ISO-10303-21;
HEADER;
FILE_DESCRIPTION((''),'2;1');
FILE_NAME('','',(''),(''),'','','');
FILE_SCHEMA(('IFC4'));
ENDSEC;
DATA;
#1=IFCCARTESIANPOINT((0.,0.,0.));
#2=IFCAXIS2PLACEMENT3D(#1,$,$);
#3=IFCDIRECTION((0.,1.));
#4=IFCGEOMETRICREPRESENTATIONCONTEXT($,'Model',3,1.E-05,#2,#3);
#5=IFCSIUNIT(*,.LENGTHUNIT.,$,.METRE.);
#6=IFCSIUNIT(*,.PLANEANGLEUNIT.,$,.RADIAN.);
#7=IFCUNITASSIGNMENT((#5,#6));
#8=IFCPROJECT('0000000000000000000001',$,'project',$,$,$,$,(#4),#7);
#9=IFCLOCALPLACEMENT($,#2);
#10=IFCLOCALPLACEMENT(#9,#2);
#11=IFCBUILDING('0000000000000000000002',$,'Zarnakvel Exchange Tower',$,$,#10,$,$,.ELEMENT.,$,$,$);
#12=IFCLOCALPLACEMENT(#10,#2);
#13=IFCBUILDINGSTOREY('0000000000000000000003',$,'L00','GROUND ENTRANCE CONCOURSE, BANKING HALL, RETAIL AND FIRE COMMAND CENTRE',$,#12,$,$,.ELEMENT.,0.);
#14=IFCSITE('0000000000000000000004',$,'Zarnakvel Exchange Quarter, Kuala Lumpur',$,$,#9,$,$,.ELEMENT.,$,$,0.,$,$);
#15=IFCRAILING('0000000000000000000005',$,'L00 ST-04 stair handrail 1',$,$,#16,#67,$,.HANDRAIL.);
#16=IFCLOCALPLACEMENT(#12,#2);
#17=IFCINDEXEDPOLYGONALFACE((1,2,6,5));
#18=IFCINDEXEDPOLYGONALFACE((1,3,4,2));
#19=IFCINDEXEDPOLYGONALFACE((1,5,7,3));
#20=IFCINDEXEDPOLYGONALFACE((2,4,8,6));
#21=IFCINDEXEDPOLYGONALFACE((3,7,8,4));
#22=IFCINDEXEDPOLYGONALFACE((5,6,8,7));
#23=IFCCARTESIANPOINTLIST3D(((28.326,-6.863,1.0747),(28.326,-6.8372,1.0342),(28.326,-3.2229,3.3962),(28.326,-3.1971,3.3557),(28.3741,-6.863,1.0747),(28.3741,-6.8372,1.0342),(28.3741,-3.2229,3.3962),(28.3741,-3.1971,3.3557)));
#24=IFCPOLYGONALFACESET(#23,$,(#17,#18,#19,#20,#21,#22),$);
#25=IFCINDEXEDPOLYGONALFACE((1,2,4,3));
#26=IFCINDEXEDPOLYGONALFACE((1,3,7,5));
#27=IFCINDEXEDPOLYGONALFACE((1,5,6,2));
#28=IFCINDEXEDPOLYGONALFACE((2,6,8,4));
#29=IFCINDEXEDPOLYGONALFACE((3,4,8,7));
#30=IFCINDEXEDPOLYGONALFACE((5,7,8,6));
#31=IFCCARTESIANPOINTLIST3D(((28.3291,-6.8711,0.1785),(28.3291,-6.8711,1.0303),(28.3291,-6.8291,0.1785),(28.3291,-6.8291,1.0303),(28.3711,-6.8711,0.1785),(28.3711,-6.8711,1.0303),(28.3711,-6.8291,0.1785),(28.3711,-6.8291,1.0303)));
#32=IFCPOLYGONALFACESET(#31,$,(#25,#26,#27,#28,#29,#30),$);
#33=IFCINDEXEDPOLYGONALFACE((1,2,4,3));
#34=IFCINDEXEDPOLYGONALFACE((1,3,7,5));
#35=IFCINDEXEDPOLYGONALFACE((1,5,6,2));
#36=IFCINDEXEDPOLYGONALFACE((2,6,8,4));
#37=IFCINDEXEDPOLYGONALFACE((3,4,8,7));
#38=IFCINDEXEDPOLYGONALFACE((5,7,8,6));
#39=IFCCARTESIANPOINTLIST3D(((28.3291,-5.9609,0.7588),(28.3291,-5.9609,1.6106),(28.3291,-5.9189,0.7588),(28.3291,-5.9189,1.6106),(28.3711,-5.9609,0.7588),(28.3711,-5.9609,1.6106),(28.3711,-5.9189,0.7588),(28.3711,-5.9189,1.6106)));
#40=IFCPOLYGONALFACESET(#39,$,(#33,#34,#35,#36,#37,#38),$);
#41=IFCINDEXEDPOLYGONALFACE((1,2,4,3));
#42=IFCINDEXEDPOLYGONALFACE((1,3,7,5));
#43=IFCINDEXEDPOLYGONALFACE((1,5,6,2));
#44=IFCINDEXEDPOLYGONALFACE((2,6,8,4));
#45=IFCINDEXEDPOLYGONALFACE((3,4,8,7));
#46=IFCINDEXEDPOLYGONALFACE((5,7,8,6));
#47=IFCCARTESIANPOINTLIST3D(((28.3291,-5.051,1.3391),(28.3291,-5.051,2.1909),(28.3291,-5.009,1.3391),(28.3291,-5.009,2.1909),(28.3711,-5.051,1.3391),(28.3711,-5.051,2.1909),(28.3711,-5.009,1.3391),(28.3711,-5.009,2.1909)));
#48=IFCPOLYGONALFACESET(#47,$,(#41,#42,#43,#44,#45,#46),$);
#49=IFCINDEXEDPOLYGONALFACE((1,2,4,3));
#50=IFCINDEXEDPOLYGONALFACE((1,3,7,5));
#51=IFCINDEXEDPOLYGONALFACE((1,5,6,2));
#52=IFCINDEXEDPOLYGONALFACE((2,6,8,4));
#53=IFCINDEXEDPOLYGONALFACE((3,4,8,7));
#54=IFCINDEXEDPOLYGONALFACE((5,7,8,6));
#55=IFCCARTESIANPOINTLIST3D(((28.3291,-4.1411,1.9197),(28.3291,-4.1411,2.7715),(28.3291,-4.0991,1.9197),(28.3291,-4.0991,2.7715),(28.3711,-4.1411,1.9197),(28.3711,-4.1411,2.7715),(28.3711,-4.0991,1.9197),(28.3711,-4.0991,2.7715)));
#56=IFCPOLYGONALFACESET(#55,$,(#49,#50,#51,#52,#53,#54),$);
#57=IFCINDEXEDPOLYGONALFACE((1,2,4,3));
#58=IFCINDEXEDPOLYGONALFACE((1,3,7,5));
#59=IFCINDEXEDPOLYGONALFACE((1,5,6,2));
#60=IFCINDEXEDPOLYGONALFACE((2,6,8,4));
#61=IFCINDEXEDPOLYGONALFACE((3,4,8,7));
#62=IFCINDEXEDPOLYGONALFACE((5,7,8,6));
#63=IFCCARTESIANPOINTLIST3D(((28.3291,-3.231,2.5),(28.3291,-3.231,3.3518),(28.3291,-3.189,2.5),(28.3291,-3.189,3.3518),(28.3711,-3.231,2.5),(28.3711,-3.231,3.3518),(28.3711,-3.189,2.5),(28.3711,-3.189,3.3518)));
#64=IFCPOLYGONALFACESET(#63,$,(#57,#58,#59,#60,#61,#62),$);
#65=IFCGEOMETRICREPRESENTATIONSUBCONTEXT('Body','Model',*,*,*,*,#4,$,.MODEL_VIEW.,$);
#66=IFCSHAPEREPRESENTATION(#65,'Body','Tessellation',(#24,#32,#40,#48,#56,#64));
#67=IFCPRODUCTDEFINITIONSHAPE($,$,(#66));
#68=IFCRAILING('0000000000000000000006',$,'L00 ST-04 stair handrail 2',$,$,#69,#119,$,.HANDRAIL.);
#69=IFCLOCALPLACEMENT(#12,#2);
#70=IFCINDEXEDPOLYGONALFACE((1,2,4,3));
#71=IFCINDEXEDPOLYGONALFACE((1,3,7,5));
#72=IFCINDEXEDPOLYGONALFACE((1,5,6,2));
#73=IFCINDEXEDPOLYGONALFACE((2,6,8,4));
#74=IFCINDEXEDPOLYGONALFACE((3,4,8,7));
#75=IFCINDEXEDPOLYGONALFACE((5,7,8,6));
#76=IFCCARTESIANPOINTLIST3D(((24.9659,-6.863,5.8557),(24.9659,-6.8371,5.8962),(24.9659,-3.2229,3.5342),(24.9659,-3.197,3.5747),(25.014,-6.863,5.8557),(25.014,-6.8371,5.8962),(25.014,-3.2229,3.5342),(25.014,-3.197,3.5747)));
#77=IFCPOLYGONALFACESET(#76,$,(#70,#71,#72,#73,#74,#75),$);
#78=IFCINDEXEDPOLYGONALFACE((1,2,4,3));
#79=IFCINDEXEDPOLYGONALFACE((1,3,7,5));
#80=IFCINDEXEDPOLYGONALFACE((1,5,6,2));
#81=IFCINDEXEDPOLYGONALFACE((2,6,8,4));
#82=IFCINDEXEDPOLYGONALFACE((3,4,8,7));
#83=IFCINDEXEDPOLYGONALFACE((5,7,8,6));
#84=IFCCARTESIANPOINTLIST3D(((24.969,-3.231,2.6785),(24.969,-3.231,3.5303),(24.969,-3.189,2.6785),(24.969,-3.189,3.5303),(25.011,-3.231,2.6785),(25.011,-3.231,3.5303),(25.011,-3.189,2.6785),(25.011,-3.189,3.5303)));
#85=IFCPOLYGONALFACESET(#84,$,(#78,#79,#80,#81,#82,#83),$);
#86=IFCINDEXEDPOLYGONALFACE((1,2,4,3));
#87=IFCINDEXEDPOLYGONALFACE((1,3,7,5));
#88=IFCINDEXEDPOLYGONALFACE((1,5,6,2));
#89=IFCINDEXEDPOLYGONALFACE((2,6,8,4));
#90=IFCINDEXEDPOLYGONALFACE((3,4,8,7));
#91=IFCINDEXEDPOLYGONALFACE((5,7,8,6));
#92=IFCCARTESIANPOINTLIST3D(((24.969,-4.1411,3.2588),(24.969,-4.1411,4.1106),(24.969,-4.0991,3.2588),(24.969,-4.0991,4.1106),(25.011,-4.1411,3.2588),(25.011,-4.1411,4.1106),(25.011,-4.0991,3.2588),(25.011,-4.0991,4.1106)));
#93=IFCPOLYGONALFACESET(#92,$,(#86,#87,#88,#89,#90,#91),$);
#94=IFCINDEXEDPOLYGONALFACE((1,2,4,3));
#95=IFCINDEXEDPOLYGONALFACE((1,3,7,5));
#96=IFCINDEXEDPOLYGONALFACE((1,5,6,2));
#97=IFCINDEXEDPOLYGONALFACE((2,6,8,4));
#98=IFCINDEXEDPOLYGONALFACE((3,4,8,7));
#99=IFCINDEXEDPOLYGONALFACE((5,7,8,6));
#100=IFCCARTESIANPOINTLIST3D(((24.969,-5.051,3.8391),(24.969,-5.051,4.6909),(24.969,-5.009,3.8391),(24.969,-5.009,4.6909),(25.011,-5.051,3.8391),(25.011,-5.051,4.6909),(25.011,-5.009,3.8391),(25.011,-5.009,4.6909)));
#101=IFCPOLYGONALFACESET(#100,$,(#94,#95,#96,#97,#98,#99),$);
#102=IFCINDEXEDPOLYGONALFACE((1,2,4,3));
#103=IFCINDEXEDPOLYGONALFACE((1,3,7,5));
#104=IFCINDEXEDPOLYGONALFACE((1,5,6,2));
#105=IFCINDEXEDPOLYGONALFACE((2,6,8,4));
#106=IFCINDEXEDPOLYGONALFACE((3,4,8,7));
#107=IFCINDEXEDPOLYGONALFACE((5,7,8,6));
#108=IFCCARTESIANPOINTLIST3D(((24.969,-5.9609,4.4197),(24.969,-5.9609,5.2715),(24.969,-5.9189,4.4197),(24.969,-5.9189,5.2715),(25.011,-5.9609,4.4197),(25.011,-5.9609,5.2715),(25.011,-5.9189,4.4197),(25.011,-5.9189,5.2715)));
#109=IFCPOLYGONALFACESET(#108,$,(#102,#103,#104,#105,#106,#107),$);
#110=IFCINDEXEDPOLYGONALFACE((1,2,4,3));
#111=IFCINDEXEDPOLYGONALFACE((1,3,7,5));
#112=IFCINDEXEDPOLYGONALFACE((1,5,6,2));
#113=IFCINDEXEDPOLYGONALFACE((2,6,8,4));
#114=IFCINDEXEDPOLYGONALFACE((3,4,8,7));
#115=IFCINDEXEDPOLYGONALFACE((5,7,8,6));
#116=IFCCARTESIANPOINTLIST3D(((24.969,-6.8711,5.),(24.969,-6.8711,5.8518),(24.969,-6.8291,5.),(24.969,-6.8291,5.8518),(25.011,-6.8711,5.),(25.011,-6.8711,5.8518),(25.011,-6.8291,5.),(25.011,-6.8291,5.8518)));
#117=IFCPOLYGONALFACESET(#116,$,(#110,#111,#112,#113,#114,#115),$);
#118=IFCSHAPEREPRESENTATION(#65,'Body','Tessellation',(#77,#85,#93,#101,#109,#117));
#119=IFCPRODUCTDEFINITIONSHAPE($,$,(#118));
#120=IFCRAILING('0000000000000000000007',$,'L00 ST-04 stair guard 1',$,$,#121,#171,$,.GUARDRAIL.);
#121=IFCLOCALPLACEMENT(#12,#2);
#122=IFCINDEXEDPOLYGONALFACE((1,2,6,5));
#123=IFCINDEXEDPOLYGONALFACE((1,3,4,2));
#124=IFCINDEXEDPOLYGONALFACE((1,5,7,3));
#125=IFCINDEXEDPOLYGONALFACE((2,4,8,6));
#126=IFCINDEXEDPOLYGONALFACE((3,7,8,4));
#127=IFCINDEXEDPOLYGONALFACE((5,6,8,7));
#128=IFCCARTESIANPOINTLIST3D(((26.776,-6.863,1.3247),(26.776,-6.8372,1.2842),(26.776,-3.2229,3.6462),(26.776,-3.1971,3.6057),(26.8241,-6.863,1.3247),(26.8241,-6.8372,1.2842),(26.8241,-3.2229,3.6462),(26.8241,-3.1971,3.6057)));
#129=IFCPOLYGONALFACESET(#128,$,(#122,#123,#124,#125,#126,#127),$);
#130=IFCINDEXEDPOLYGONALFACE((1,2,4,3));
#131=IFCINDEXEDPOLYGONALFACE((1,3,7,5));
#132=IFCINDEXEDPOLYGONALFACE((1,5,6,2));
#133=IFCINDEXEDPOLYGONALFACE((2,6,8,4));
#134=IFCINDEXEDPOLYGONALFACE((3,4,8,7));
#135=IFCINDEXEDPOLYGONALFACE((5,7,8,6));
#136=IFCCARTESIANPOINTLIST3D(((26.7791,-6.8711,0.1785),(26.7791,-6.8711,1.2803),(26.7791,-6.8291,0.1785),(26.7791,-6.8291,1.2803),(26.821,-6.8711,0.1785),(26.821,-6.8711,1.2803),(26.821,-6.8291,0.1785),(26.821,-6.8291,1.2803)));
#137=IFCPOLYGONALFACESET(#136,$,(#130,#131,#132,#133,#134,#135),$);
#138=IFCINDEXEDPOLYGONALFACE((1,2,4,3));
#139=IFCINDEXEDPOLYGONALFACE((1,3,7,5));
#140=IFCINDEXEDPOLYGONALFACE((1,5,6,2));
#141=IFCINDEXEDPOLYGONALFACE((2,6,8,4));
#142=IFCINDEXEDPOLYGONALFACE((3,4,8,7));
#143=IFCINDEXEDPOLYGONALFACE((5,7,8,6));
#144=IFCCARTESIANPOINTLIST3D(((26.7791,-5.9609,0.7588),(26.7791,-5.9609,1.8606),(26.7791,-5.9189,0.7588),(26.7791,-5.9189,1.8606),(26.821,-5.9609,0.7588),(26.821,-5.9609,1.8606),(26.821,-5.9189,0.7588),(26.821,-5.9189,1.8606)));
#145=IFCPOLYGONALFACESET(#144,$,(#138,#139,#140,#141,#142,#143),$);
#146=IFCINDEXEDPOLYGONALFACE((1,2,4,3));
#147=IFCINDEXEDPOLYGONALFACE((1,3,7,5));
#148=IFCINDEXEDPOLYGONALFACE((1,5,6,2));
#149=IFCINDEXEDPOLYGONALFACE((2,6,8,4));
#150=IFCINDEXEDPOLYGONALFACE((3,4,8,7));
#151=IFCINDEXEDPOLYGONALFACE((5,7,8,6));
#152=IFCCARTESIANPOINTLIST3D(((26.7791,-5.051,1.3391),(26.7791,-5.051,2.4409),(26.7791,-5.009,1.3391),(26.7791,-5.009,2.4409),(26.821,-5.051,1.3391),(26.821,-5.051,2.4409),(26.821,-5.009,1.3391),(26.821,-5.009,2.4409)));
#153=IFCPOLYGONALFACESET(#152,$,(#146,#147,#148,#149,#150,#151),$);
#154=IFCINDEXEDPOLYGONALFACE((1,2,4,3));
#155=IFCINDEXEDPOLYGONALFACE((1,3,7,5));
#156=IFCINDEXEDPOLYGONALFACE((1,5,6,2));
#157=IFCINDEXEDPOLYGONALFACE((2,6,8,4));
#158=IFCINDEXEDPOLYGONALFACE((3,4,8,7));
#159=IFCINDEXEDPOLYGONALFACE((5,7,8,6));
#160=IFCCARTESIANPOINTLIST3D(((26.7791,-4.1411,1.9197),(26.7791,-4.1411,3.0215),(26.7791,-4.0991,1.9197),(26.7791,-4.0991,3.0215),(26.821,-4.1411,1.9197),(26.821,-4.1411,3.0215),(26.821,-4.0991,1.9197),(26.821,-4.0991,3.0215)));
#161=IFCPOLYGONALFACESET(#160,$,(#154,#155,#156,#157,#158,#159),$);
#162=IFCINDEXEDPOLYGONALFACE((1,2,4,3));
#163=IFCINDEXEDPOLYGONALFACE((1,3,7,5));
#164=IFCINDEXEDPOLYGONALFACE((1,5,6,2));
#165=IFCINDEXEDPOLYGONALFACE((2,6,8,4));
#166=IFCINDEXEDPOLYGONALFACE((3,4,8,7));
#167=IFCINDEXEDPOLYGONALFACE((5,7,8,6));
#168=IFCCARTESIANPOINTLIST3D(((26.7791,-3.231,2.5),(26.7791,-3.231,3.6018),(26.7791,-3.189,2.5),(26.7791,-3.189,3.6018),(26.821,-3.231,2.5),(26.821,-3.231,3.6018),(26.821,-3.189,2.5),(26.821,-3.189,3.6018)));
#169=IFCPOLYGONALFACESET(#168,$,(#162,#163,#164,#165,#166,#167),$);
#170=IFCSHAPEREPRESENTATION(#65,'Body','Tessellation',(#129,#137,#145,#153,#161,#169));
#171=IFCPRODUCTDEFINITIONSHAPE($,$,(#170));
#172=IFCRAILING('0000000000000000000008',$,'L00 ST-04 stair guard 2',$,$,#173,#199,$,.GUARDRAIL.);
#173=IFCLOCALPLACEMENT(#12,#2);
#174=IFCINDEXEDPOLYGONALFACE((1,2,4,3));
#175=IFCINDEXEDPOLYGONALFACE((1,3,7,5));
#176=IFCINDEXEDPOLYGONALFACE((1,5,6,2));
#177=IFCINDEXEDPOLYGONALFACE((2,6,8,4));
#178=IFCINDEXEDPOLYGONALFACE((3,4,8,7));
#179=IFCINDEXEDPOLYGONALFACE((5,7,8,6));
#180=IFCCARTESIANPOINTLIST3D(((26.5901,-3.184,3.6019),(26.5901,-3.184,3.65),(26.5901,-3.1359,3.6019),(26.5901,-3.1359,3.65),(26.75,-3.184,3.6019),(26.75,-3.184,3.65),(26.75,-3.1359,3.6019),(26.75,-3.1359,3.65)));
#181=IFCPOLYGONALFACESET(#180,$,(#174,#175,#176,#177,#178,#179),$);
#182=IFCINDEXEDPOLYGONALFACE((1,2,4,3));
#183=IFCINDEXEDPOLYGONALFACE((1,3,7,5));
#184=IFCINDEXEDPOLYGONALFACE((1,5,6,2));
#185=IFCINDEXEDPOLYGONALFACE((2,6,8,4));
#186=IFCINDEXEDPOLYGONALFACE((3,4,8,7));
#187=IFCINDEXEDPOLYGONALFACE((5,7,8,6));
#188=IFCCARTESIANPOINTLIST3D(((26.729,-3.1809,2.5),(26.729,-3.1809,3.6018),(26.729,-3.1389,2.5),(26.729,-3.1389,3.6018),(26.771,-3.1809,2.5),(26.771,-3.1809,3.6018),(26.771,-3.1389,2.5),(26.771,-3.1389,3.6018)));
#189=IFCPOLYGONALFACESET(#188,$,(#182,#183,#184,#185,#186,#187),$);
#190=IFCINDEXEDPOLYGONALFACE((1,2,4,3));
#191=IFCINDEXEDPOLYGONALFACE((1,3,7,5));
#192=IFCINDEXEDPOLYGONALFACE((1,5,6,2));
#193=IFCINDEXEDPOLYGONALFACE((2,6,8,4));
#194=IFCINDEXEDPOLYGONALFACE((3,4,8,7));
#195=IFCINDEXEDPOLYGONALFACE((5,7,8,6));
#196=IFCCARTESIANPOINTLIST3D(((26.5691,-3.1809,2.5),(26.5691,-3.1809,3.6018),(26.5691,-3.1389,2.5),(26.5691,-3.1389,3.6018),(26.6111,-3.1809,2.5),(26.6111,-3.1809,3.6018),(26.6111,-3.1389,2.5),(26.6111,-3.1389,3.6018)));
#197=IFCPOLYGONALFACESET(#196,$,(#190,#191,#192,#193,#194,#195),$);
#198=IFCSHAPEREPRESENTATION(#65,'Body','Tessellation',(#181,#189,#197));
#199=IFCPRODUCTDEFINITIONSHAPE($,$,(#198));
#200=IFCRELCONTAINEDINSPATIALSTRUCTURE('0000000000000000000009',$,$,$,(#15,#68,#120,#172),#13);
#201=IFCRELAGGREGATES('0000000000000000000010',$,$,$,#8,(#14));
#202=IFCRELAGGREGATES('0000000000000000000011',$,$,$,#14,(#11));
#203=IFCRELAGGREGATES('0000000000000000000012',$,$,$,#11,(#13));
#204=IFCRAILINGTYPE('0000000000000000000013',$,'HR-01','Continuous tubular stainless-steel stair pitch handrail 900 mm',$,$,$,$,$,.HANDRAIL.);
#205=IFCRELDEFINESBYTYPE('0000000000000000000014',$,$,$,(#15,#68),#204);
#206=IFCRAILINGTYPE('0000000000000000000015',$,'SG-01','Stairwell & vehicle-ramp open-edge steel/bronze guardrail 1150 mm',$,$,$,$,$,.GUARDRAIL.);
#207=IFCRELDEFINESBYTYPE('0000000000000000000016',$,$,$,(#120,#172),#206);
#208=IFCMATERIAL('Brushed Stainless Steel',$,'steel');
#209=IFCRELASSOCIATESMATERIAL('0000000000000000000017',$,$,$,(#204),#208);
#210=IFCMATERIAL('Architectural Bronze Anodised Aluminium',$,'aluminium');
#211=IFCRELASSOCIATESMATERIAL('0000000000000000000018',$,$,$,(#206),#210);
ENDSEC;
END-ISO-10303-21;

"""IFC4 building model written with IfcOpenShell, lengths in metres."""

from ifc_helpers import new_model, si_unit, direction, frame, origin, origin_2d, place, context, subcontext, project, spatial, rectangle, extrude, material, type_object, element, save


model = new_model("IFC4")

# Units and contexts
model_context = context("Model", 3, precision=1e-05, world=origin(), true_north=direction((0.0, 1.0)))
body_context = subcontext(model_context, "Body", "Model", "MODEL_VIEW")
ifc_project = project(units=[si_unit("LENGTHUNIT", "METRE"), si_unit("PLANEANGLEUNIT", "RADIAN")], contexts=[model_context])

# Site, building, storey
site_placement = place(None, origin())
site = spatial("IfcSite", under=ifc_project, at=site_placement, Name="Zarnakvel Exchange Quarter, Kuala Lumpur", CompositionType="ELEMENT", RefElevation=0.0)
building_placement = place(site_placement, origin())
building = spatial("IfcBuilding", under=site, at=building_placement, Name="Zarnakvel Exchange Tower", CompositionType="ELEMENT")
storey_placement = place(building_placement, origin())
storey = spatial("IfcBuildingStorey", under=building, at=storey_placement, Name="L00", Description="GROUND ENTRANCE CONCOURSE, BANKING HALL, RETAIL AND FIRE COMMAND CENTRE", CompositionType="ELEMENT", Elevation=0.0)

# Shared definitions
ifc_material_1 = material(Name="Architectural Bronze Anodised Aluminium", Category="aluminium")

# Railings
ifc_material_2 = material(Name="Brushed Stainless Steel", Category="steel")
railing_type_1 = type_object("IfcRailingType", Name="HR-01", Description="Continuous tubular stainless-steel stair pitch handrail 900 mm", PredefinedType="HANDRAIL", material=ifc_material_2)
railing_1_placement = place(storey_placement, frame((28.3501, -6.8501, 0.1785)))
element("IfcRailing", 1, at=railing_1_placement, inside=storey, type_object=railing_type_1, Name="L00 ST-04 stair handrail 1", PredefinedType="HANDRAIL", context=body_context, shape_type="SweptSolid", body=[
    extrude(rectangle(XDim=0.0481, YDim=0.0481, at=origin_2d()), frame((0.0, 0.0, 0.876), z_axis=(0.0, 0.843128, 0.537713), x_axis=(-1.0, 0.0, 0.0)), (0.0, 0.0, 1.0), 4.3174),
    extrude(rectangle(XDim=0.042, YDim=0.042, at=origin_2d()), origin(), (0.0, 0.0, 1.0), 0.8518),
    extrude(rectangle(XDim=0.042, YDim=0.042, at=origin_2d()), frame((0.0, 0.9102, 0.5803)), (0.0, 0.0, 1.0), 0.8518),
    extrude(rectangle(XDim=0.042, YDim=0.042, at=origin_2d()), frame((0.0, 1.8201, 1.1606)), (0.0, 0.0, 1.0), 0.8518),
    extrude(rectangle(XDim=0.042, YDim=0.042, at=origin_2d()), frame((0.0, 2.73, 1.7412)), (0.0, 0.0, 1.0), 0.8518),
    extrude(rectangle(XDim=0.042, YDim=0.042, at=origin_2d()), frame((0.0, 3.6401, 2.3215)), (0.0, 0.0, 1.0), 0.8518),
])
railing_2_placement = place(storey_placement, frame((24.99, -3.21, 2.6785)))
element("IfcRailing", 2, at=railing_2_placement, inside=storey, type_object=railing_type_1, Name="L00 ST-04 stair handrail 2", PredefinedType="HANDRAIL", context=body_context, shape_type="SweptSolid", body=[
    extrude(rectangle(XDim=0.0481, YDim=0.0481, at=origin_2d()), frame((0.0, 0.0, 0.876), z_axis=(0.0, -0.843128, 0.537713), x_axis=(1.0, 0.0, 0.0)), (0.0, 0.0, 1.0), 4.3174),
    extrude(rectangle(XDim=0.042, YDim=0.042, at=origin_2d()), origin(), (0.0, 0.0, 1.0), 0.8518),
    extrude(rectangle(XDim=0.042, YDim=0.042, at=origin_2d()), frame((0.0, -0.9102, 0.5803)), (0.0, 0.0, 1.0), 0.8518),
    extrude(rectangle(XDim=0.042, YDim=0.042, at=origin_2d()), frame((0.0, -1.8201, 1.1606)), (0.0, 0.0, 1.0), 0.8518),
    extrude(rectangle(XDim=0.042, YDim=0.042, at=origin_2d()), frame((0.0, -2.73, 1.7412)), (0.0, 0.0, 1.0), 0.8518),
    extrude(rectangle(XDim=0.042, YDim=0.042, at=origin_2d()), frame((0.0, -3.6401, 2.3215)), (0.0, 0.0, 1.0), 0.8518),
])
railing_type_2 = type_object("IfcRailingType", Name="SG-01", Description="Stairwell & vehicle-ramp open-edge steel/bronze guardrail 1150 mm", PredefinedType="GUARDRAIL", material=ifc_material_1)
railing_3_placement = place(storey_placement, frame((26.8, -6.8501, 0.1785)))
element("IfcRailing", 3, at=railing_3_placement, inside=storey, type_object=railing_type_2, Name="L00 ST-04 stair guard 1", PredefinedType="GUARDRAIL", context=body_context, shape_type="SweptSolid", body=[
    extrude(rectangle(XDim=0.0481, YDim=0.0481, at=origin_2d()), frame((0.0, 0.0, 1.126), z_axis=(0.0, 0.843128, 0.537713), x_axis=(-1.0, 0.0, 0.0)), (0.0, 0.0, 1.0), 4.3174),
    extrude(rectangle(XDim=0.042, YDim=0.042, at=origin_2d()), origin(), (0.0, 0.0, 1.0), 1.1018),
    extrude(rectangle(XDim=0.042, YDim=0.042, at=origin_2d()), frame((0.0, 0.9102, 0.5803)), (0.0, 0.0, 1.0), 1.1018),
    extrude(rectangle(XDim=0.042, YDim=0.042, at=origin_2d()), frame((0.0, 1.8201, 1.1606)), (0.0, 0.0, 1.0), 1.1018),
    extrude(rectangle(XDim=0.042, YDim=0.042, at=origin_2d()), frame((0.0, 2.73, 1.7412)), (0.0, 0.0, 1.0), 1.1018),
    extrude(rectangle(XDim=0.042, YDim=0.042, at=origin_2d()), frame((0.0, 3.6401, 2.3215)), (0.0, 0.0, 1.0), 1.1018),
])
railing_4_placement = place(storey_placement, frame((26.75, -3.1599, 2.5)))
element("IfcRailing", 4, at=railing_4_placement, inside=storey, type_object=railing_type_2, Name="L00 ST-04 stair guard 2", PredefinedType="GUARDRAIL", context=body_context, shape_type="SweptSolid", body=[
    extrude(rectangle(XDim=0.0481, YDim=0.0481, at=origin_2d()), frame((0.0, 0.0, 1.126), z_axis=(-1.0, 0.0, 0.0), x_axis=(0.0, -1.0, 0.0)), (0.0, 0.0, 1.0), 0.1599),
    extrude(rectangle(XDim=0.042, YDim=0.042, at=origin_2d()), origin(), (0.0, 0.0, 1.0), 1.1018),
    extrude(rectangle(XDim=0.042, YDim=0.042, at=origin_2d()), frame((-0.1599, 0.0, 0.0)), (0.0, 0.0, 1.0), 1.1018),
])

save(model, "model.ifc")
